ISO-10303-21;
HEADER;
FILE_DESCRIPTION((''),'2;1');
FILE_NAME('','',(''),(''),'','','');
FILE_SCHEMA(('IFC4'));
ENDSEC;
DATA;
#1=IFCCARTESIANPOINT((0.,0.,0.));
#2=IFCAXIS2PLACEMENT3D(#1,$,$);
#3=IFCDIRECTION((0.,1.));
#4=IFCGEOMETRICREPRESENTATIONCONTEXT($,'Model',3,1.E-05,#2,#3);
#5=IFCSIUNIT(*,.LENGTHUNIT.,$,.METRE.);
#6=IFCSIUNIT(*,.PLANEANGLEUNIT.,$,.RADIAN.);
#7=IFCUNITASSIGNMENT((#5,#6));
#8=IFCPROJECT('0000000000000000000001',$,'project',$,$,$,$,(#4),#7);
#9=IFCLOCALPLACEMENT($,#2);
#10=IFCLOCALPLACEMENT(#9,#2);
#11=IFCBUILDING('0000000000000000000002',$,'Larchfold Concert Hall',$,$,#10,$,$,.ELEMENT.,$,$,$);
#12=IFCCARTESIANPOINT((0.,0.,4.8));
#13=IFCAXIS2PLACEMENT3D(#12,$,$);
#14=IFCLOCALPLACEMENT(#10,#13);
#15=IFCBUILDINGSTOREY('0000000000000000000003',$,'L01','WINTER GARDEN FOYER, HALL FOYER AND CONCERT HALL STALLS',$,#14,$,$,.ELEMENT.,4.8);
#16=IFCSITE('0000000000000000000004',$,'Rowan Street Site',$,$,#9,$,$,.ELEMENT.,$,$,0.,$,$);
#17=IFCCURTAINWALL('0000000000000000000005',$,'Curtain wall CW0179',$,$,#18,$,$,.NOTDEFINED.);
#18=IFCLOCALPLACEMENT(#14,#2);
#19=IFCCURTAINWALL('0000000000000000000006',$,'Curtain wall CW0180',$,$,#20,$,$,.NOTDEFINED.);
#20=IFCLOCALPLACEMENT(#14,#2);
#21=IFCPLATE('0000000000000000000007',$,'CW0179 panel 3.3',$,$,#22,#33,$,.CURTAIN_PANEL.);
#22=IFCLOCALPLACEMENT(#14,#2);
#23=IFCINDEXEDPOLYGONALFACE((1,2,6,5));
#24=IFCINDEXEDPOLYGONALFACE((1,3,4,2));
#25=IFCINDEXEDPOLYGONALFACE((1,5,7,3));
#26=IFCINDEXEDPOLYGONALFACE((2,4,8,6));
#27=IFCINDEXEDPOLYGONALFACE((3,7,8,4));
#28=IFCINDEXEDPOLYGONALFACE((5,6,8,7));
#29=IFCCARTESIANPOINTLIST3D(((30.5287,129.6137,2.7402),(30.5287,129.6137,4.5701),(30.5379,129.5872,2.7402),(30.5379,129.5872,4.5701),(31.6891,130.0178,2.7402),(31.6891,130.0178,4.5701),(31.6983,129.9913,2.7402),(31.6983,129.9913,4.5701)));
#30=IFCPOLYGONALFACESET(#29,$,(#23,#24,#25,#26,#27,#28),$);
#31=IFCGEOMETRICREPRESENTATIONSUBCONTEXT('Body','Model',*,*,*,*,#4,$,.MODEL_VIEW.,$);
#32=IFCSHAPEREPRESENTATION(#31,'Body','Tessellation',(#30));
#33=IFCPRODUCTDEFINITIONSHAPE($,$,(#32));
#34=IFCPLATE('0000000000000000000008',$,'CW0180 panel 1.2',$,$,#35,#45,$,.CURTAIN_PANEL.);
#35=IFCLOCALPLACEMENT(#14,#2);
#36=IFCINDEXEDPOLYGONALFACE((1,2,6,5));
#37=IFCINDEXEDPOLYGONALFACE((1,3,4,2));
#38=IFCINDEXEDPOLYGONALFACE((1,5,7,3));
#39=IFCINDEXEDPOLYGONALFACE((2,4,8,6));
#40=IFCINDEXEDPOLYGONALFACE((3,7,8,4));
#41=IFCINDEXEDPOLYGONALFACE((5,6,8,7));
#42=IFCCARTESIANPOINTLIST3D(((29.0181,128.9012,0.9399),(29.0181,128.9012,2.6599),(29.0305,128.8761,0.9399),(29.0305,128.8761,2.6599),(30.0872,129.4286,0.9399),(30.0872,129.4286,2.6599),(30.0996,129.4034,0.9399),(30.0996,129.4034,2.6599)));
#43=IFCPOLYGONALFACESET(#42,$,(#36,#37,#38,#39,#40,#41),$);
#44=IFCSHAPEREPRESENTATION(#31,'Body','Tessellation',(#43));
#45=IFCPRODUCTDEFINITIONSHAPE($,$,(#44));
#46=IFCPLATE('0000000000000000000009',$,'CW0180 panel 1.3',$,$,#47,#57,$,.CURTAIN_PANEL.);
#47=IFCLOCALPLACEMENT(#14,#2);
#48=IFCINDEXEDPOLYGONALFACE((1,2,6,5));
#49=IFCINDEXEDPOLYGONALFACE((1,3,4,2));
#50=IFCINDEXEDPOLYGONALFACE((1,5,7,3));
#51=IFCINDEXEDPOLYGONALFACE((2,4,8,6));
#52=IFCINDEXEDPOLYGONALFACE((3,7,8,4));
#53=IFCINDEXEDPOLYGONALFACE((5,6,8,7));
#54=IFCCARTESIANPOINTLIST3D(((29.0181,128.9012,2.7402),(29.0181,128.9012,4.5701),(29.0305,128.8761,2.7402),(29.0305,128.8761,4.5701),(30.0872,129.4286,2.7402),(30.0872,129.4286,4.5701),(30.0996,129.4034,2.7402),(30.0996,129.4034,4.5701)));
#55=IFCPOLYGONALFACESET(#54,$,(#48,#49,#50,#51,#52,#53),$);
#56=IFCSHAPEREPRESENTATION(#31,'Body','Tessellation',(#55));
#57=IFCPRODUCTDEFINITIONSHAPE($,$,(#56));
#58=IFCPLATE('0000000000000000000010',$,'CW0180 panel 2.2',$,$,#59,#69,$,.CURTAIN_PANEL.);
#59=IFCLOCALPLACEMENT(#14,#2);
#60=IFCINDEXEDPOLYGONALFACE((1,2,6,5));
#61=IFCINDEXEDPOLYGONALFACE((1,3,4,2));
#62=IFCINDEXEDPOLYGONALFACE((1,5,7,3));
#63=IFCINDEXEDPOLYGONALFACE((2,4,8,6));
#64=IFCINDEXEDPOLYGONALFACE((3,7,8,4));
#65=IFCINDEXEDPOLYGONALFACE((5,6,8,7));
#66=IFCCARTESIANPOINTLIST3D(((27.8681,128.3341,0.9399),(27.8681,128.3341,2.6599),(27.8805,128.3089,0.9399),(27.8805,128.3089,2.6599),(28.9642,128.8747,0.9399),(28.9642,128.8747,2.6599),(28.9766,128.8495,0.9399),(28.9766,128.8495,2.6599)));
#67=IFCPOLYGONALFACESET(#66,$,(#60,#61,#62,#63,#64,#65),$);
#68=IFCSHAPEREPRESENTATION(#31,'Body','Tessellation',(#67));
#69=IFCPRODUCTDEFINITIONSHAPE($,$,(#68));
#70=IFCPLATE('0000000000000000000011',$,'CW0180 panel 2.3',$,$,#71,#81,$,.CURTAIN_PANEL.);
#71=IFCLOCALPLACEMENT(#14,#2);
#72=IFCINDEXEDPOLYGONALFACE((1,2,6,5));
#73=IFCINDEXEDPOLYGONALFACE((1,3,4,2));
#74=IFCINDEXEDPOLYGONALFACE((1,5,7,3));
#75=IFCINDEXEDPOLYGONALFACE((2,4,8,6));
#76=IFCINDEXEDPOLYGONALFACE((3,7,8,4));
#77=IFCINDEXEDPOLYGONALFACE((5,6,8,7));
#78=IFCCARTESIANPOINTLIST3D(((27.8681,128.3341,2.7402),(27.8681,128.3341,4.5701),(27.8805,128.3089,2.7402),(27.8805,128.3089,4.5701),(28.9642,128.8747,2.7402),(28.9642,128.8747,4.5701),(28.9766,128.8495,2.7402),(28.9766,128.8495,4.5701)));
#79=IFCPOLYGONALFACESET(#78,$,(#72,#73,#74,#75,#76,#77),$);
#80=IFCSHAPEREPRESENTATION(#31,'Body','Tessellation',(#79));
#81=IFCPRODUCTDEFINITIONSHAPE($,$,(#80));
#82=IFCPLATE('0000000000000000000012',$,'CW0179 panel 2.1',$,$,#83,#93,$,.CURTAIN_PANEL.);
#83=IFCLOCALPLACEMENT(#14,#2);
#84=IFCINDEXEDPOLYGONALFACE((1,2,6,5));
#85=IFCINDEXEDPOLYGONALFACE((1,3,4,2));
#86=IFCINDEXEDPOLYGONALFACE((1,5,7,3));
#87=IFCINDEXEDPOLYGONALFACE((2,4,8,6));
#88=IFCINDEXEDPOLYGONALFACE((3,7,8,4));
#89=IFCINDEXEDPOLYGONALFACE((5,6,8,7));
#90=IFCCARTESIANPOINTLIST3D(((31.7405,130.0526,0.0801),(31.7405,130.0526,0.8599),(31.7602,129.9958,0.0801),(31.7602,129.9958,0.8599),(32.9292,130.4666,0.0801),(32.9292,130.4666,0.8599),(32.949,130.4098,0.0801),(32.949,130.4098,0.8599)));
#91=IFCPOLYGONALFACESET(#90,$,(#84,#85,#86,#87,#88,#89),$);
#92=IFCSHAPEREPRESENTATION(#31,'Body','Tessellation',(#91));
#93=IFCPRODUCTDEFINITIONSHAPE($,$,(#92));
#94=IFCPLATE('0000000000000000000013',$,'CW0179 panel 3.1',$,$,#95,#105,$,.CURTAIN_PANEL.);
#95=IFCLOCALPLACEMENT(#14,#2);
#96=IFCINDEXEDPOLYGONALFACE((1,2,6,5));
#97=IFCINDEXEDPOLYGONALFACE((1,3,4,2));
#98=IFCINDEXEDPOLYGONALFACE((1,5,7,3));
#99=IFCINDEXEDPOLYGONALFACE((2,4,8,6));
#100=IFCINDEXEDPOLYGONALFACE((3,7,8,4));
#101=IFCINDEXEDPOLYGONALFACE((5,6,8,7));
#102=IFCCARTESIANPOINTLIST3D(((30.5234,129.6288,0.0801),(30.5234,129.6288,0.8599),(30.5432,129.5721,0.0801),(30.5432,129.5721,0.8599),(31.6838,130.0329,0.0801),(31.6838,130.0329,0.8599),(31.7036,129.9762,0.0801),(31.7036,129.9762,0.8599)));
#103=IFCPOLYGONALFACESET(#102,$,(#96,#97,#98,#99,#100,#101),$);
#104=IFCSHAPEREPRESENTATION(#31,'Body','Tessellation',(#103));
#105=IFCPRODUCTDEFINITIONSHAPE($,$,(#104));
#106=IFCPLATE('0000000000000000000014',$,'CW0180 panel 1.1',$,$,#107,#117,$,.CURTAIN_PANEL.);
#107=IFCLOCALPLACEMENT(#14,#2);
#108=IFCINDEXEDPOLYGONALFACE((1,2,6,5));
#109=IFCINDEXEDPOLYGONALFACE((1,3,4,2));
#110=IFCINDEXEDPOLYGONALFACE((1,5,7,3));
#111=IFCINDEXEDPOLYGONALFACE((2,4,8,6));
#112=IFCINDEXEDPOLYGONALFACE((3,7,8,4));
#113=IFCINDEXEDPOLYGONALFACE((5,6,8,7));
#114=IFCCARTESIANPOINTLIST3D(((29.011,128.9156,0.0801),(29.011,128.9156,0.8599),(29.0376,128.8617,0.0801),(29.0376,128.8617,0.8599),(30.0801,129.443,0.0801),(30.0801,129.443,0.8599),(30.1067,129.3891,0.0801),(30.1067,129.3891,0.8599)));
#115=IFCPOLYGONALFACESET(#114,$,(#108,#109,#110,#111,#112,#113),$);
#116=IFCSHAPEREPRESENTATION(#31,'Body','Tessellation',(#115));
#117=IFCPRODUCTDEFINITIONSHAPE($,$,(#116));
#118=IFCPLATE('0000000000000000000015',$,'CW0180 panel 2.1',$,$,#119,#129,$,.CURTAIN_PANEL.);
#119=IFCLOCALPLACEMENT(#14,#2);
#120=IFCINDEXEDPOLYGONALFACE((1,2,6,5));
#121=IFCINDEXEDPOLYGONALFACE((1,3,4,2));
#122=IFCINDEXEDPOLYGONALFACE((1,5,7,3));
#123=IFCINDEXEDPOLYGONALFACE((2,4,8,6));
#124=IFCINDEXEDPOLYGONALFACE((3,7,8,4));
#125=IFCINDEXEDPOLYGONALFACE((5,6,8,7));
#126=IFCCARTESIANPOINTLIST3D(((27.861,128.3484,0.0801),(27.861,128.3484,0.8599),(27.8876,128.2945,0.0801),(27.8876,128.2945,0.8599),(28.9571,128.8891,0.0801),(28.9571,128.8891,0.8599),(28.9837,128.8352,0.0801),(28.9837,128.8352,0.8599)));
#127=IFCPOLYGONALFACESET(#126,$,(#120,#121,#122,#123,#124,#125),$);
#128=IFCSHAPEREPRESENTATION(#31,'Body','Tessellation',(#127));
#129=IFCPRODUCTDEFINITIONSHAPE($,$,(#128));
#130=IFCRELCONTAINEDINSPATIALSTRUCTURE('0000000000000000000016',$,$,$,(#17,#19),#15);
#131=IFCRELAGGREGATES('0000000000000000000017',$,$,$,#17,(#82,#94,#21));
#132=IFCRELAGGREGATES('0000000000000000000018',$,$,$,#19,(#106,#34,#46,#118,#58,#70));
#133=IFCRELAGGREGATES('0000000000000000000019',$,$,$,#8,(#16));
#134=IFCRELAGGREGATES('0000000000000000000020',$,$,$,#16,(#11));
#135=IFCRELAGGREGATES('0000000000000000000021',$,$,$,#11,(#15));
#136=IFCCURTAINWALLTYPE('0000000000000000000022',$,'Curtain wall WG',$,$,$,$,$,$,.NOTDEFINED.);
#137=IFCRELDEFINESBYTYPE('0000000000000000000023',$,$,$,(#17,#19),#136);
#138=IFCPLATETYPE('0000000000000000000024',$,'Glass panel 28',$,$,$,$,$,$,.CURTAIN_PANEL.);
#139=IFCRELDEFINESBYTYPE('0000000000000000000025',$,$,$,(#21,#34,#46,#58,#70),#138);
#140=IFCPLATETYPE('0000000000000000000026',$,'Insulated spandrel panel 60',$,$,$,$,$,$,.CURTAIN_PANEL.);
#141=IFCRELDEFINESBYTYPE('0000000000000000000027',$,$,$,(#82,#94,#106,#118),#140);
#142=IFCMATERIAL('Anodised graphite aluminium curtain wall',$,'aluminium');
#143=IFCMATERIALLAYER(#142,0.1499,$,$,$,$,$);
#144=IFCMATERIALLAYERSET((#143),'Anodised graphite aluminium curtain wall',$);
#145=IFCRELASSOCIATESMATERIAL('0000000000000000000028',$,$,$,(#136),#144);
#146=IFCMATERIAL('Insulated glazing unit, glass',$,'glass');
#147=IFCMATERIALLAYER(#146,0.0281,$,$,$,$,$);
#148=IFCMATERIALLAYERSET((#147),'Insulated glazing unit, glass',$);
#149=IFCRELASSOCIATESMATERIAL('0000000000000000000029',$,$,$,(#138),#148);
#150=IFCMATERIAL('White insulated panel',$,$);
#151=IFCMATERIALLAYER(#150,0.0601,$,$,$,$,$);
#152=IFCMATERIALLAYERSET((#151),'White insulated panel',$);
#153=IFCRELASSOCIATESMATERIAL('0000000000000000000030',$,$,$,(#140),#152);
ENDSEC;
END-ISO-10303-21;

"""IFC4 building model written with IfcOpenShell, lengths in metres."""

from ifc_helpers import new_model, si_unit, direction, frame, origin, origin_2d, place, context, subcontext, project, spatial, rectangle, extrude, material, layer, layer_set, type_object, element, aggregate, save


model = new_model("IFC4")

# Units and contexts
model_context = context("Model", 3, precision=1e-05, world=origin(), true_north=direction((0.0, 1.0)))
body_context = subcontext(model_context, "Body", "Model", "MODEL_VIEW")
ifc_project = project(units=[si_unit("LENGTHUNIT", "METRE"), si_unit("PLANEANGLEUNIT", "RADIAN")], contexts=[model_context])

# Site, building, storey
site_placement = place(None, origin())
site = spatial("IfcSite", under=ifc_project, at=site_placement, Name="Rowan Street Site", CompositionType="ELEMENT", RefElevation=0.0)
building_placement = place(site_placement, origin())
building = spatial("IfcBuilding", under=site, at=building_placement, Name="Larchfold Concert Hall", CompositionType="ELEMENT")
storey_placement = place(building_placement, frame((0.0, 0.0, 4.8)))
storey = spatial("IfcBuildingStorey", under=building, at=storey_placement, Name="L01", Description="WINTER GARDEN FOYER, HALL FOYER AND CONCERT HALL STALLS", CompositionType="ELEMENT", Elevation=4.8)

# Curtain walls
ifc_material_1 = material(Name="Anodised graphite aluminium curtain wall", Category="aluminium")
ifc_layer_1 = layer(ifc_material_1, 0.1499)
ifc_layer_set_1 = layer_set([ifc_layer_1], Name="Anodised graphite aluminium curtain wall")
curtain_wall_type = type_object("IfcCurtainWallType", Name="Curtain wall WG", PredefinedType="NOTDEFINED", material=ifc_layer_set_1)
curtain_wall_1_placement = place(storey_placement, origin())
curtain_wall_1 = element("IfcCurtainWall", 1, at=curtain_wall_1_placement, inside=storey, type_object=curtain_wall_type, Name="Curtain wall CW0179", PredefinedType="NOTDEFINED")
curtain_wall_2_placement = place(storey_placement, origin())
curtain_wall_2 = element("IfcCurtainWall", 2, at=curtain_wall_2_placement, inside=storey, type_object=curtain_wall_type, Name="Curtain wall CW0180", PredefinedType="NOTDEFINED")

# Plates
ifc_material_2 = material(Name="Insulated glazing unit, glass", Category="glass")
ifc_layer_2 = layer(ifc_material_2, 0.0281)
ifc_layer_set_2 = layer_set([ifc_layer_2], Name="Insulated glazing unit, glass")
plate_type_1 = type_object("IfcPlateType", Name="Glass panel 28", PredefinedType="CURTAIN_PANEL", material=ifc_layer_set_2)
plate_1_placement = place(storey_placement, frame((31.1135, 129.8025, 2.7402), z_axis=(0.0, 0.0, 1.0), x_axis=(-0.944365, -0.328899, 0.0)))
plate_1 = element("IfcPlate", 3, at=plate_1_placement, type_object=plate_type_1, Name="CW0179 panel 3.3", PredefinedType="CURTAIN_PANEL", context=body_context, shape_type="SweptSolid", body=[
    extrude(rectangle(XDim=1.2288, YDim=0.0281, at=origin_2d()), origin(), (0.0, 0.0, 1.0), 1.8298),
])
plate_2_placement = place(storey_placement, frame((29.5588, 129.1523, 0.9399), z_axis=(0.0, 0.0, 1.0), x_axis=(-0.896826, -0.442383, 0.0)))
plate_2 = element("IfcPlate", 4, at=plate_2_placement, type_object=plate_type_1, Name="CW0180 panel 1.2", PredefinedType="CURTAIN_PANEL", context=body_context, shape_type="SweptSolid", body=[
    extrude(rectangle(XDim=1.1921, YDim=0.0281, at=origin_2d()), origin(), (0.0, 0.0, 1.0), 1.72),
])
plate_3_placement = place(storey_placement, frame((29.5588, 129.1523, 2.7402), z_axis=(0.0, 0.0, 1.0), x_axis=(-0.896826, -0.442383, 0.0)))
plate_3 = element("IfcPlate", 5, at=plate_3_placement, type_object=plate_type_1, Name="CW0180 panel 1.3", PredefinedType="CURTAIN_PANEL", context=body_context, shape_type="SweptSolid", body=[
    extrude(rectangle(XDim=1.1921, YDim=0.0281, at=origin_2d()), origin(), (0.0, 0.0, 1.0), 1.8298),
])
plate_4_placement = place(storey_placement, frame((28.4224, 128.5918, 0.9399), z_axis=(0.0, 0.0, 1.0), x_axis=(-0.896826, -0.442383, 0.0)))
plate_4 = element("IfcPlate", 6, at=plate_4_placement, type_object=plate_type_1, Name="CW0180 panel 2.2", PredefinedType="CURTAIN_PANEL", context=body_context, shape_type="SweptSolid", body=[
    extrude(rectangle(XDim=1.2222, YDim=0.0281, at=origin_2d()), origin(), (0.0, 0.0, 1.0), 1.72),
])
plate_5_placement = place(storey_placement, frame((28.4224, 128.5918, 2.7402), z_axis=(0.0, 0.0, 1.0), x_axis=(-0.896826, -0.442383, 0.0)))
plate_5 = element("IfcPlate", 7, at=plate_5_placement, type_object=plate_type_1, Name="CW0180 panel 2.3", PredefinedType="CURTAIN_PANEL", context=body_context, shape_type="SweptSolid", body=[
    extrude(rectangle(XDim=1.2222, YDim=0.0281, at=origin_2d()), origin(), (0.0, 0.0, 1.0), 1.8298),
])
ifc_material_3 = material(Name="White insulated panel")
ifc_layer_3 = layer(ifc_material_3, 0.0601)
ifc_layer_set_3 = layer_set([ifc_layer_3], Name="White insulated panel")
plate_type_2 = type_object("IfcPlateType", Name="Insulated spandrel panel 60", PredefinedType="CURTAIN_PANEL", material=ifc_layer_set_3)
plate_6_placement = place(storey_placement, frame((32.3447, 130.2312, 0.0801), z_axis=(0.0, 0.0, 1.0), x_axis=(-0.944365, -0.328899, 0.0)))
plate_6 = element("IfcPlate", 8, at=plate_6_placement, type_object=plate_type_2, Name="CW0179 panel 2.1", PredefinedType="CURTAIN_PANEL", context=body_context, shape_type="SweptSolid", body=[
    extrude(rectangle(XDim=1.2588, YDim=0.0601, at=origin_2d()), origin(), (0.0, 0.0, 1.0), 0.7798),
])
plate_7_placement = place(storey_placement, frame((31.1135, 129.8025, 0.0801), z_axis=(0.0, 0.0, 1.0), x_axis=(-0.944365, -0.328899, 0.0)))
plate_7 = element("IfcPlate", 9, at=plate_7_placement, type_object=plate_type_2, Name="CW0179 panel 3.1", PredefinedType="CURTAIN_PANEL", context=body_context, shape_type="SweptSolid", body=[
    extrude(rectangle(XDim=1.2288, YDim=0.0601, at=origin_2d()), origin(), (0.0, 0.0, 1.0), 0.7798),
])
aggregate(curtain_wall_1, [plate_6, plate_7, plate_1])
plate_8_placement = place(storey_placement, frame((29.5588, 129.1523, 0.0801), z_axis=(0.0, 0.0, 1.0), x_axis=(-0.896826, -0.442383, 0.0)))
plate_8 = element("IfcPlate", 10, at=plate_8_placement, type_object=plate_type_2, Name="CW0180 panel 1.1", PredefinedType="CURTAIN_PANEL", context=body_context, shape_type="SweptSolid", body=[
    extrude(rectangle(XDim=1.1921, YDim=0.0601, at=origin_2d()), origin(), (0.0, 0.0, 1.0), 0.7798),
])
plate_9_placement = place(storey_placement, frame((28.4224, 128.5918, 0.0801), z_axis=(0.0, 0.0, 1.0), x_axis=(-0.896826, -0.442383, 0.0)))
plate_9 = element("IfcPlate", 11, at=plate_9_placement, type_object=plate_type_2, Name="CW0180 panel 2.1", PredefinedType="CURTAIN_PANEL", context=body_context, shape_type="SweptSolid", body=[
    extrude(rectangle(XDim=1.2222, YDim=0.0601, at=origin_2d()), origin(), (0.0, 0.0, 1.0), 0.7798),
])
aggregate(curtain_wall_2, [plate_8, plate_2, plate_3, plate_9, plate_4, plate_5])

save(model, "model.ifc")
